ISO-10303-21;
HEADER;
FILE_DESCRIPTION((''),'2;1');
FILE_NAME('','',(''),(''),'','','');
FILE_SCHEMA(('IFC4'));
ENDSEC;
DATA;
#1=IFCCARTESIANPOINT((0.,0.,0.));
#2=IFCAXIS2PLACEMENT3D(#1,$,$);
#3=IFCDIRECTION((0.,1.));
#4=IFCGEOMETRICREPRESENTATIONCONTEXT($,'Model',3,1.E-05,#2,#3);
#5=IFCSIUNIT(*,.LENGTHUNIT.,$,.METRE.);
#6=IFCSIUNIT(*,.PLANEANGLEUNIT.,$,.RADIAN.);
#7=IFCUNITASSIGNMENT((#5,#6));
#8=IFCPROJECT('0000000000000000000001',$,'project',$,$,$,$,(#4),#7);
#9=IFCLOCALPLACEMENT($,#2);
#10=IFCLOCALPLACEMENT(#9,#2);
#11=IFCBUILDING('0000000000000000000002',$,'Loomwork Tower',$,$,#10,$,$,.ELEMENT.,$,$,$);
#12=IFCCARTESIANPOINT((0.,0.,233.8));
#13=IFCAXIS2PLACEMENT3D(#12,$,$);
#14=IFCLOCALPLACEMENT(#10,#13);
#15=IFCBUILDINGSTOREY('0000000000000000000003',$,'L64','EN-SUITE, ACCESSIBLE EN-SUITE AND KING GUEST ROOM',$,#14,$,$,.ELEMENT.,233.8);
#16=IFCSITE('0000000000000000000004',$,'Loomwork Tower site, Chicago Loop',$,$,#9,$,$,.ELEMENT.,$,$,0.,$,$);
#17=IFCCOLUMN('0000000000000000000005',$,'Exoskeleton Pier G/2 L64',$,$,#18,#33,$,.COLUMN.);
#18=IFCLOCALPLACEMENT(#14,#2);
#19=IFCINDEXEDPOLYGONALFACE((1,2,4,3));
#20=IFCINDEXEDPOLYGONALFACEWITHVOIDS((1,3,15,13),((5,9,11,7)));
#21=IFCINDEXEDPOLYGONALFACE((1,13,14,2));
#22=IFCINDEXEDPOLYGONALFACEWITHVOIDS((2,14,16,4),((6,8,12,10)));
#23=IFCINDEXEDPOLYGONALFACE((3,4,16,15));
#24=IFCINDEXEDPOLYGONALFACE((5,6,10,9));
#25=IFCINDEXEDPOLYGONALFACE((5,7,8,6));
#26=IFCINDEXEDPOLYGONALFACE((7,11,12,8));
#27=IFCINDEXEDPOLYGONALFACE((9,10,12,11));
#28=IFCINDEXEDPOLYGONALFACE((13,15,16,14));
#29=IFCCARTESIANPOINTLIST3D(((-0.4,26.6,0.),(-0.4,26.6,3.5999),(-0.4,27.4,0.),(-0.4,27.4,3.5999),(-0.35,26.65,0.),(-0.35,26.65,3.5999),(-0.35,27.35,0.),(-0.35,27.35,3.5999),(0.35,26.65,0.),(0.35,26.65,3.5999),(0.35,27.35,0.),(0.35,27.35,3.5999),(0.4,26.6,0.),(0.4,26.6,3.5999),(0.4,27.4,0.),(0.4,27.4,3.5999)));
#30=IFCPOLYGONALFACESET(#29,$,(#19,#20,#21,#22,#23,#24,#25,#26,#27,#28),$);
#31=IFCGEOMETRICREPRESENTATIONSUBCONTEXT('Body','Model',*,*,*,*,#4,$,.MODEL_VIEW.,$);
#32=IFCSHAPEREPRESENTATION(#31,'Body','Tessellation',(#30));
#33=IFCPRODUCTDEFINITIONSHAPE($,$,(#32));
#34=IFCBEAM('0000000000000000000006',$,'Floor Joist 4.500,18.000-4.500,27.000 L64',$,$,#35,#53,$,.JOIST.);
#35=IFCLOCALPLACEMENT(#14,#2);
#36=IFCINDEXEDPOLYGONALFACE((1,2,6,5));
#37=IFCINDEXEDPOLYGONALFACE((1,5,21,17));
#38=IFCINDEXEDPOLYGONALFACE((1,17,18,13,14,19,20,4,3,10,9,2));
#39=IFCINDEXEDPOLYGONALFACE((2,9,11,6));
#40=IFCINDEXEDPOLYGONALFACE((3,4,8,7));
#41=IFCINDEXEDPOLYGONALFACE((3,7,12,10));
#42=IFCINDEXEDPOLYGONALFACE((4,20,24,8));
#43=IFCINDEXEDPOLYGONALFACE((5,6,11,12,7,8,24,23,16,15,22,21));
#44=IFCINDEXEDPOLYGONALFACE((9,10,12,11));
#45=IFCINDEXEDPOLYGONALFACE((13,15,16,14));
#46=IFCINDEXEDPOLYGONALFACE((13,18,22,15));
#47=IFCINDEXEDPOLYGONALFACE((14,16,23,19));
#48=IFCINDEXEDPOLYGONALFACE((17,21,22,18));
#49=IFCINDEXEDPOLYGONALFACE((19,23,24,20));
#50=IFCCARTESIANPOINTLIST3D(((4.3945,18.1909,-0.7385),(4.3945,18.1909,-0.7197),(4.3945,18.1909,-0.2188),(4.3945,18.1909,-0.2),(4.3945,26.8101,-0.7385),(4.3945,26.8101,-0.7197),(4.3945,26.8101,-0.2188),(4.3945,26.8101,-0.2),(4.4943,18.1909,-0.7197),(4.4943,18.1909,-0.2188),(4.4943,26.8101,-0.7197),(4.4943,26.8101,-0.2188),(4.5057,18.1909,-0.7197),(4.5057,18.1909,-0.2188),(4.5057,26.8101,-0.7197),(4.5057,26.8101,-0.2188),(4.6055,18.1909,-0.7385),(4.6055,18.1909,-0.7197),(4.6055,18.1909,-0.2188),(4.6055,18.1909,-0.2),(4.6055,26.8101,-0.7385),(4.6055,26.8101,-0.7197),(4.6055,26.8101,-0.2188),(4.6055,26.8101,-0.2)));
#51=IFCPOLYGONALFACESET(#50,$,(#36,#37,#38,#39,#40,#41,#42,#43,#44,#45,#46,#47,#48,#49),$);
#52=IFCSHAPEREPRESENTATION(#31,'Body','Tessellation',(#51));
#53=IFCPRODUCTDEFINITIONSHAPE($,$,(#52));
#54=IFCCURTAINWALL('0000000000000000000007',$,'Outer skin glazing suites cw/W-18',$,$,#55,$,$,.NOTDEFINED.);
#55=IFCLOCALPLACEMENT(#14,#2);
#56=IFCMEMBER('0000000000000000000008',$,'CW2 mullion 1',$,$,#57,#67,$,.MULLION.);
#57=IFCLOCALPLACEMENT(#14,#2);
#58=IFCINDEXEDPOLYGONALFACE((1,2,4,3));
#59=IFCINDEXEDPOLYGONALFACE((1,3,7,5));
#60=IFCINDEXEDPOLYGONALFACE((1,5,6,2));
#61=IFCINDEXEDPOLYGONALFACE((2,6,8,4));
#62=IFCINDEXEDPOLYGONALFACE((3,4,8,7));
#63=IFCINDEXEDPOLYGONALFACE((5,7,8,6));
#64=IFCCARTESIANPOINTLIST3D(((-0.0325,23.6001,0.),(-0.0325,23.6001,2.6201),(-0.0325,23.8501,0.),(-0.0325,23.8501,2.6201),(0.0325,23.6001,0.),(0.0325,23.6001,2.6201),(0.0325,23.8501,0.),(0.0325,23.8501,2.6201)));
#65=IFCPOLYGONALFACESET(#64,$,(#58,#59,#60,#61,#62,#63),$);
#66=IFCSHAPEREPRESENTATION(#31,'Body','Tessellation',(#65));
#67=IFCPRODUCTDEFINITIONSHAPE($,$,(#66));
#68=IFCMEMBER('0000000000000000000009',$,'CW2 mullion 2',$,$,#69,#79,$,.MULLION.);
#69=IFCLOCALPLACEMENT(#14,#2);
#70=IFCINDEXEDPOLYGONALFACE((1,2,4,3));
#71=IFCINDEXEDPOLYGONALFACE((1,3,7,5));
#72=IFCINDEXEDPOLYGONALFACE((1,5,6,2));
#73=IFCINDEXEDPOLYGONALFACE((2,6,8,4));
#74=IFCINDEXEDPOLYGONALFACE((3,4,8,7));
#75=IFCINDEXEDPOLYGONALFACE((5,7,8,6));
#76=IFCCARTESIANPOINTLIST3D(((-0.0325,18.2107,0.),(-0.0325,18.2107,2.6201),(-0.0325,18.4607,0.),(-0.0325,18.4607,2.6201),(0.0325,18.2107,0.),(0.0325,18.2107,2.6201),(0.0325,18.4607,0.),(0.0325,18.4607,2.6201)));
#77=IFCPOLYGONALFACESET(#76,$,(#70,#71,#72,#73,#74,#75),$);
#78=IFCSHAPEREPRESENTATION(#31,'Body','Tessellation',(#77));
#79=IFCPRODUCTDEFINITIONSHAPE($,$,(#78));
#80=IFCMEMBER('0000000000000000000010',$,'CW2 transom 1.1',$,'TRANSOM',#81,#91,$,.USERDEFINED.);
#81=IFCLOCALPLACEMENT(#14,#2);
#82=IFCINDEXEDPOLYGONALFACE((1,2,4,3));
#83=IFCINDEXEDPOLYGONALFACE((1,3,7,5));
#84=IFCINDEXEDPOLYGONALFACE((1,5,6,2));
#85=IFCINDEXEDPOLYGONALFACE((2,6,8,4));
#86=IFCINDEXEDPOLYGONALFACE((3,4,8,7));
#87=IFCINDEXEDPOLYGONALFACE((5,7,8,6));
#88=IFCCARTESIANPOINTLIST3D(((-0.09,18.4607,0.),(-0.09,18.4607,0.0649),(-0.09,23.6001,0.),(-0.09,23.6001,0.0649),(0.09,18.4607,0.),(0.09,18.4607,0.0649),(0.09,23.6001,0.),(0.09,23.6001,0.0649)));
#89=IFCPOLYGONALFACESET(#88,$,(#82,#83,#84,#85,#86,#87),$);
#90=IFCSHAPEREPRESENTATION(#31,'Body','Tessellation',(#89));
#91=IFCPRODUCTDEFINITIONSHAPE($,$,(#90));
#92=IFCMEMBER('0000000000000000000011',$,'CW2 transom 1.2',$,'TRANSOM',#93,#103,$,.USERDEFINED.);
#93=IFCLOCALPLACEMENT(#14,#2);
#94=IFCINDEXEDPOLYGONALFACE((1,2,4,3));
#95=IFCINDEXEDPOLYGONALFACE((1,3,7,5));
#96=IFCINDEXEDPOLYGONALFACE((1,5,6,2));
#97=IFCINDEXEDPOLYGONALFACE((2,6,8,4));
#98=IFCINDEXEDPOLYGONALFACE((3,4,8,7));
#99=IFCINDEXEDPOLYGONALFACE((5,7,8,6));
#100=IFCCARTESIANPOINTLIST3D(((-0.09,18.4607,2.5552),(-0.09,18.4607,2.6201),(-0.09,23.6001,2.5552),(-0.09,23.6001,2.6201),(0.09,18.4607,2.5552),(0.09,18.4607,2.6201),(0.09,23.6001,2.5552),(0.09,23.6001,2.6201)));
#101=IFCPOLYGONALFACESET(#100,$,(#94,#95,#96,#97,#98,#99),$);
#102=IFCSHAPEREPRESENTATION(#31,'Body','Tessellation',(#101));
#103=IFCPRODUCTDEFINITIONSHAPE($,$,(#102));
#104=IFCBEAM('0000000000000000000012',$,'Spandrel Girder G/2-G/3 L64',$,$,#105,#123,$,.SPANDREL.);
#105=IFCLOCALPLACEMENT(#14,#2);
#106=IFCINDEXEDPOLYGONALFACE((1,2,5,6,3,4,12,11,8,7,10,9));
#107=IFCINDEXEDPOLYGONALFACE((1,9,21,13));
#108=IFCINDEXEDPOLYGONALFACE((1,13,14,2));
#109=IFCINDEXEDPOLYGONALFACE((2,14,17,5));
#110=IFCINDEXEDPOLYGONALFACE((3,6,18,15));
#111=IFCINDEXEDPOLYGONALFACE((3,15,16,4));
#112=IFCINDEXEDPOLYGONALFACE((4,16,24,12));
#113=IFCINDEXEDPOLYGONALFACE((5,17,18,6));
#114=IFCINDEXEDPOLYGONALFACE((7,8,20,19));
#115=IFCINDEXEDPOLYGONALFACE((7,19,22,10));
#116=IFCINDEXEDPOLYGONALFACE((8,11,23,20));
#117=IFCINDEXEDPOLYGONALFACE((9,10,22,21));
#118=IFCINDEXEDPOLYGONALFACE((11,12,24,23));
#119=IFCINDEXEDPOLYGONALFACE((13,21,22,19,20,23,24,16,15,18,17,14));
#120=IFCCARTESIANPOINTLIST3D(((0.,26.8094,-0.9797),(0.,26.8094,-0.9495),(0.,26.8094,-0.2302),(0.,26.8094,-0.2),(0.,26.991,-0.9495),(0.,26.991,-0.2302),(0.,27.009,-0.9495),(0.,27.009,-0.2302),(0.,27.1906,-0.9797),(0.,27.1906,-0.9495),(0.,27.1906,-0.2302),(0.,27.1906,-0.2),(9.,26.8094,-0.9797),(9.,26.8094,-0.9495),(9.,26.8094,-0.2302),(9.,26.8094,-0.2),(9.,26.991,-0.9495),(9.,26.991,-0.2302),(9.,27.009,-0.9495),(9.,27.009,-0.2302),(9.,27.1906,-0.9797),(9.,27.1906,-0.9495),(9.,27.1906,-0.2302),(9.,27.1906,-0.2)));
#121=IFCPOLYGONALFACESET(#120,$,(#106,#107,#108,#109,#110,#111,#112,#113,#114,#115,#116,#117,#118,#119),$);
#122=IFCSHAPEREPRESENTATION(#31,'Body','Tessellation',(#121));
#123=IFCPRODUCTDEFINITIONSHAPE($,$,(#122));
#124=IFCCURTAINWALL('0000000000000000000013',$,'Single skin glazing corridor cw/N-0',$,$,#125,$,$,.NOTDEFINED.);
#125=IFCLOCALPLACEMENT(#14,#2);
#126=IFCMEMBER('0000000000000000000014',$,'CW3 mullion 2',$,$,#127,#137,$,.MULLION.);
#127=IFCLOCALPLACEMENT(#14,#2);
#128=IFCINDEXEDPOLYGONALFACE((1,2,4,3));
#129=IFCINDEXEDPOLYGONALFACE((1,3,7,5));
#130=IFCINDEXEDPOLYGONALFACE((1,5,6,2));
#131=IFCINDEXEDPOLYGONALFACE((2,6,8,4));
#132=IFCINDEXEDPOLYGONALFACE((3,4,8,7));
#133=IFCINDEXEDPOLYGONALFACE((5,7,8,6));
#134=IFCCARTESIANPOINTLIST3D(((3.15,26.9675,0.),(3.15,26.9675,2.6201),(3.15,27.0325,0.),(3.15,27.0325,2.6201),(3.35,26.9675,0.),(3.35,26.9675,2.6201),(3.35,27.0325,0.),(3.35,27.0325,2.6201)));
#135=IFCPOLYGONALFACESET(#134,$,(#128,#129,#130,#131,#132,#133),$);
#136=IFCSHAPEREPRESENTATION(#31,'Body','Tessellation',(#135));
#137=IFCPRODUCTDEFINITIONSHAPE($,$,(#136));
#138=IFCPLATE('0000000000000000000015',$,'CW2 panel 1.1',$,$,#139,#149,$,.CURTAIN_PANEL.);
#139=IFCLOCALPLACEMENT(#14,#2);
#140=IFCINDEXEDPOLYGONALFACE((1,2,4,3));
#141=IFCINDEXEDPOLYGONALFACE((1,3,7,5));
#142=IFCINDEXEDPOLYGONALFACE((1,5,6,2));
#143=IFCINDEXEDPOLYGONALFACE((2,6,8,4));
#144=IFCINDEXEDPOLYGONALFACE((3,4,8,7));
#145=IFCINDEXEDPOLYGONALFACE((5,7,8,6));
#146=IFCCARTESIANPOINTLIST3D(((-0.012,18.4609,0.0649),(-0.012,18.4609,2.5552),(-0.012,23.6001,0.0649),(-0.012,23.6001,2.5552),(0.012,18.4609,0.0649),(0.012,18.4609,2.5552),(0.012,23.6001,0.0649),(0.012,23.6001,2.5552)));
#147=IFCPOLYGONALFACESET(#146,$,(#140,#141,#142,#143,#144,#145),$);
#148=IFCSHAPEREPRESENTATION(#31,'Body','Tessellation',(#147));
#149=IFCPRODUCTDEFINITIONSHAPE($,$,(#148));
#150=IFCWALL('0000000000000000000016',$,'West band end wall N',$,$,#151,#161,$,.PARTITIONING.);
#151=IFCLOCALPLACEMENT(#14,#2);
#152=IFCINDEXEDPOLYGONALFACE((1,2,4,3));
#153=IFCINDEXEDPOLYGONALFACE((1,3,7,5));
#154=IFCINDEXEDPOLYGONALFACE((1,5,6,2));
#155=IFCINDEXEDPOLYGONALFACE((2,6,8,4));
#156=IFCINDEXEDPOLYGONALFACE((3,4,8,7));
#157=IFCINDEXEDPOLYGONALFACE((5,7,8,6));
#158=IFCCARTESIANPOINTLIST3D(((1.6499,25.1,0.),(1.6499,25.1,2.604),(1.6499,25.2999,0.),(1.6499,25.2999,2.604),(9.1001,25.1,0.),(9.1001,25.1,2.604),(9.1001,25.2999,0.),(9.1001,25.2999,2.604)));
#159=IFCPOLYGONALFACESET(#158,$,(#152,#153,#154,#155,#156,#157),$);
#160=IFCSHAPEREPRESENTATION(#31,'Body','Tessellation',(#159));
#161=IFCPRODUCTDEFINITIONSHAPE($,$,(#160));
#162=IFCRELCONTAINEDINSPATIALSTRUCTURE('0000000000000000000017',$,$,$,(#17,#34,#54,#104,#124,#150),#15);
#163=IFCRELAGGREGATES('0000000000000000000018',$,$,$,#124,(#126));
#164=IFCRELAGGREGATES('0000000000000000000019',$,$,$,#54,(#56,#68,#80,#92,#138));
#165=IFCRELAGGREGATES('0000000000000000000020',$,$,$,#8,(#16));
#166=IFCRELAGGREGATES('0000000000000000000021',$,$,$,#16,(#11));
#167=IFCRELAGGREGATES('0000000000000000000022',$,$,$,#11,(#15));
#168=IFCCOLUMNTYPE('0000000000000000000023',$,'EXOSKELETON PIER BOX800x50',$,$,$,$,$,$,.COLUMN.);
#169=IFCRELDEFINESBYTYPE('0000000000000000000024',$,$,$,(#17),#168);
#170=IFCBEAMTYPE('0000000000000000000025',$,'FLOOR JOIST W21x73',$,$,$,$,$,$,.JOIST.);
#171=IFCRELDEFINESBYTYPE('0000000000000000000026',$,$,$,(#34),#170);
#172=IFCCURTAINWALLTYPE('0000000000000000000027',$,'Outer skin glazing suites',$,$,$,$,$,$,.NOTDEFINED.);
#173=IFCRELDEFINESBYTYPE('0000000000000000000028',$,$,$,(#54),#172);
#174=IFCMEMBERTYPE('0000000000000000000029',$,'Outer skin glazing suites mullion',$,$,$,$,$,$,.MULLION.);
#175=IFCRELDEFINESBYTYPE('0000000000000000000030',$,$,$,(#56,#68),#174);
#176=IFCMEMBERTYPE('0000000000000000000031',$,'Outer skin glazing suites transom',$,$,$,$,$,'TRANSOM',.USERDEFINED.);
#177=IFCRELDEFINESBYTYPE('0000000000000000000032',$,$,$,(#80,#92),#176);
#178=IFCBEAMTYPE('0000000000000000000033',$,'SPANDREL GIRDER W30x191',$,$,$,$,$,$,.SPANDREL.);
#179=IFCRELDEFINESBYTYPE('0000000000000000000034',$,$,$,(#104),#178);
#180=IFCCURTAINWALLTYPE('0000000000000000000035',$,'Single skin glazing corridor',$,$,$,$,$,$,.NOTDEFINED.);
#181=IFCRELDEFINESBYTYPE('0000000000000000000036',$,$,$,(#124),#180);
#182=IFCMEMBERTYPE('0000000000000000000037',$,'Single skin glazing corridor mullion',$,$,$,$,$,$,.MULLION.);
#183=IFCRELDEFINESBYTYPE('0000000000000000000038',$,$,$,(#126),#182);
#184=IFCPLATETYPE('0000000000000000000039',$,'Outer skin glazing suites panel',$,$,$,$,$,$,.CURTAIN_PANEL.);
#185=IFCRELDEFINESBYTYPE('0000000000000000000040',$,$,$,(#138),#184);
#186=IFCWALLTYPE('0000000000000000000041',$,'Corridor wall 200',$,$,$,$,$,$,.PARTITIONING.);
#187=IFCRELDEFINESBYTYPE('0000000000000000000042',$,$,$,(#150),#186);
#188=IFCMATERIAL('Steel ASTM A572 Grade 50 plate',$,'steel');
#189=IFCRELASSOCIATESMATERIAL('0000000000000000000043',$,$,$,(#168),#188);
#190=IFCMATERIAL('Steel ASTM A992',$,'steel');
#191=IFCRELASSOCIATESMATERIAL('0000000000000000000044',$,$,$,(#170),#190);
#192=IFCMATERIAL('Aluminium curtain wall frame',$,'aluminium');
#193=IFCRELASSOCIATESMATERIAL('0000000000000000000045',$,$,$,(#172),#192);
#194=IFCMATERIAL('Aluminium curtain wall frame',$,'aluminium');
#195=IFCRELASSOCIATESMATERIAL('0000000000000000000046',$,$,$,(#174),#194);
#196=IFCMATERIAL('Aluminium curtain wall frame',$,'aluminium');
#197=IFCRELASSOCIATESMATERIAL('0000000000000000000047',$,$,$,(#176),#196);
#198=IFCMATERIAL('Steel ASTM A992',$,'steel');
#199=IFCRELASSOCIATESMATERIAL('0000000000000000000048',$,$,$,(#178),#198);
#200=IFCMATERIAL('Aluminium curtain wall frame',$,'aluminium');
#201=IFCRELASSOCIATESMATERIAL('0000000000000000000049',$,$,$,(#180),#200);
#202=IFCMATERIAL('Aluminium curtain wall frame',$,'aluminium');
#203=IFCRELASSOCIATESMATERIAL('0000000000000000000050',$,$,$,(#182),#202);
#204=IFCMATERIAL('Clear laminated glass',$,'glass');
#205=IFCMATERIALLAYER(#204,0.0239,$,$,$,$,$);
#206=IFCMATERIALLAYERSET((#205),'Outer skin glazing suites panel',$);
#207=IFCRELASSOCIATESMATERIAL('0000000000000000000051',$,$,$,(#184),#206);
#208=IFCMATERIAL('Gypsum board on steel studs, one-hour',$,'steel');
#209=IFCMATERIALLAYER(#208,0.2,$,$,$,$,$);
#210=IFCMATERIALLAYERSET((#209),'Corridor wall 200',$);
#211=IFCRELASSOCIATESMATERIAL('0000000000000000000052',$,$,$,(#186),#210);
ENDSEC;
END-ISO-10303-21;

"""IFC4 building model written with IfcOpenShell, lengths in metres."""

from ifc_helpers import new_model, si_unit, direction, frame, frame_2d, origin, origin_2d, place, context, subcontext, project, spatial, rectangle, hollow_rectangle, i_section, extrude, material, layer, layer_set, material_profile, profile_set, type_object, element, aggregate, save


model = new_model("IFC4")

# Units and contexts
model_context = context("Model", 3, precision=1e-05, world=origin(), true_north=direction((0.0, 1.0)))
body_context = subcontext(model_context, "Body", "Model", "MODEL_VIEW")
ifc_project = project(units=[si_unit("LENGTHUNIT", "METRE"), si_unit("PLANEANGLEUNIT", "RADIAN")], contexts=[model_context])

# Site, building, storey
site_placement = place(None, origin())
site = spatial("IfcSite", under=ifc_project, at=site_placement, Name="Loomwork Tower site, Chicago Loop", CompositionType="ELEMENT", RefElevation=0.0)
building_placement = place(site_placement, origin())
building = spatial("IfcBuilding", under=site, at=building_placement, Name="Loomwork Tower", CompositionType="ELEMENT")
storey_placement = place(building_placement, frame((0.0, 0.0, 233.8)))
storey = spatial("IfcBuildingStorey", under=building, at=storey_placement, Name="L64", Description="EN-SUITE, ACCESSIBLE EN-SUITE AND KING GUEST ROOM", CompositionType="ELEMENT", Elevation=233.8)

# Column
ifc_material_1 = material(Name="Steel ASTM A572 Grade 50 plate", Category="steel")
ifc_material_profile_1 = material_profile(ifc_material_1, hollow_rectangle(XDim=0.8, YDim=0.8, WallThickness=0.05, at=origin_2d()), Name="BOX800x50")
ifc_profile_set_1 = profile_set([ifc_material_profile_1], Name="Steel ASTM A572 Grade 50 plate")
column_type = type_object("IfcColumnType", Name="EXOSKELETON PIER BOX800x50", PredefinedType="COLUMN", material=ifc_profile_set_1)
column_placement = place(storey_placement, frame((0.0, 27.0, 0.0), z_axis=(0.0, 0.0, 1.0), x_axis=(0.0, 1.0, 0.0)))
element("IfcColumn", 1, at=column_placement, inside=storey, type_object=column_type, Name="Exoskeleton Pier G/2 L64", PredefinedType="COLUMN", context=body_context, shape_type="SweptSolid", body=[
    extrude(hollow_rectangle(XDim=0.8, YDim=0.8, WallThickness=0.05, at=origin_2d()), origin(), (0.0, 0.0, 1.0), 3.5999),
])

# Beam
ifc_material_2 = material(Name="Steel ASTM A992", Category="steel")
ifc_material_profile_2 = material_profile(ifc_material_2, i_section(OverallWidth=0.2109, OverallDepth=0.5386, WebThickness=0.0115, FlangeThickness=0.0188, at=origin_2d()), Name="W21x73")
ifc_profile_set_2 = profile_set([ifc_material_profile_2], Name="Steel ASTM A992")
beam_type_1 = type_object("IfcBeamType", Name="FLOOR JOIST W21x73", PredefinedType="JOIST", material=ifc_profile_set_2)
beam_1_placement = place(storey_placement, frame((4.5, 18.1909, -0.4692), z_axis=(0.0, 1.0, 0.0), x_axis=(-1.0, 0.0, 0.0)))
element("IfcBeam", 2, at=beam_1_placement, inside=storey, type_object=beam_type_1, Name="Floor Joist 4.500,18.000-4.500,27.000 L64", PredefinedType="JOIST", context=body_context, shape_type="SweptSolid", body=[
    extrude(i_section(OverallWidth=0.2109, OverallDepth=0.5386, WebThickness=0.0115, FlangeThickness=0.0188, at=origin_2d()), origin(), (0.0, 0.0, 1.0), 8.6191),
])

# Curtain wall, members
ifc_material_3 = material(Name="Aluminium curtain wall frame", Category="aluminium")
curtain_wall_type_1 = type_object("IfcCurtainWallType", Name="Outer skin glazing suites", PredefinedType="NOTDEFINED", material=ifc_material_3)
curtain_wall_1_placement = place(storey_placement, origin())
curtain_wall_1 = element("IfcCurtainWall", 3, at=curtain_wall_1_placement, inside=storey, type_object=curtain_wall_type_1, Name="Outer skin glazing suites cw/W-18", PredefinedType="NOTDEFINED")
ifc_material_4 = material(Name="Aluminium curtain wall frame", Category="aluminium")
ifc_material_profile_3 = material_profile(ifc_material_4, rectangle(XDim=0.0649, YDim=0.25, at=origin_2d()), Name="AL 65x250")
ifc_profile_set_3 = profile_set([ifc_material_profile_3], Name="Aluminium curtain wall frame")
member_type_1 = type_object("IfcMemberType", Name="Outer skin glazing suites mullion", PredefinedType="MULLION", material=ifc_profile_set_3)
member_1_placement = place(storey_placement, frame((0.0, 23.7251, 0.0), z_axis=(0.0, 0.0, 1.0), x_axis=(1.0, 0.0, 0.0)))
member_1 = element("IfcMember", 4, at=member_1_placement, type_object=member_type_1, Name="CW2 mullion 1", PredefinedType="MULLION", context=body_context, shape_type="SweptSolid", body=[
    extrude(rectangle(XDim=0.0649, YDim=0.25, at=origin_2d()), origin(), (0.0, 0.0, 1.0), 2.6201),
])
member_2_placement = place(storey_placement, frame((0.0, 18.3357, 0.0), z_axis=(0.0, 0.0, 1.0), x_axis=(1.0, 0.0, 0.0)))
member_2 = element("IfcMember", 5, at=member_2_placement, type_object=member_type_1, Name="CW2 mullion 2", PredefinedType="MULLION", context=body_context, shape_type="SweptSolid", body=[
    extrude(rectangle(XDim=0.0649, YDim=0.25, at=origin_2d()), origin(), (0.0, 0.0, 1.0), 2.6201),
])
ifc_material_5 = material(Name="Aluminium curtain wall frame", Category="aluminium")
ifc_material_profile_4 = material_profile(ifc_material_5, rectangle(XDim=0.1799, YDim=0.0649, at=origin_2d()), Name="AL 65x180")
ifc_profile_set_4 = profile_set([ifc_material_profile_4], Name="Aluminium curtain wall frame")
member_type_2 = type_object("IfcMemberType", Name="Outer skin glazing suites transom", ElementType="TRANSOM", PredefinedType="USERDEFINED", material=ifc_profile_set_4)
member_3_placement = place(storey_placement, frame((0.0, 23.6001, 0.0325), z_axis=(0.0, -1.0, 0.0), x_axis=(1.0, 0.0, 0.0)))
member_3 = element("IfcMember", 6, at=member_3_placement, type_object=member_type_2, Name="CW2 transom 1.1", ObjectType="TRANSOM", PredefinedType="USERDEFINED", context=body_context, shape_type="SweptSolid", body=[
    extrude(rectangle(XDim=0.1799, YDim=0.0649, at=origin_2d()), origin(), (0.0, 0.0, 1.0), 5.1394),
])
member_4_placement = place(storey_placement, frame((0.0, 23.6001, 2.5876), z_axis=(0.0, -1.0, 0.0), x_axis=(1.0, 0.0, 0.0)))
member_4 = element("IfcMember", 7, at=member_4_placement, type_object=member_type_2, Name="CW2 transom 1.2", ObjectType="TRANSOM", PredefinedType="USERDEFINED", context=body_context, shape_type="SweptSolid", body=[
    extrude(rectangle(XDim=0.1799, YDim=0.0649, at=origin_2d()), origin(), (0.0, 0.0, 1.0), 5.1394),
])

# Beam
ifc_material_6 = material(Name="Steel ASTM A992", Category="steel")
ifc_material_profile_5 = material_profile(ifc_material_6, i_section(OverallWidth=0.3811, OverallDepth=0.7798, WebThickness=0.0181, FlangeThickness=0.0303, at=origin_2d()), Name="W30x191")
ifc_profile_set_5 = profile_set([ifc_material_profile_5], Name="Steel ASTM A992")
beam_type_2 = type_object("IfcBeamType", Name="SPANDREL GIRDER W30x191", PredefinedType="SPANDREL", material=ifc_profile_set_5)
beam_2_placement = place(storey_placement, frame((0.0, 27.0, -0.5898), z_axis=(1.0, 0.0, 0.0), x_axis=(0.0, 1.0, 0.0)))
element("IfcBeam", 8, at=beam_2_placement, inside=storey, type_object=beam_type_2, Name="Spandrel Girder G/2-G/3 L64", PredefinedType="SPANDREL", context=body_context, shape_type="SweptSolid", body=[
    extrude(i_section(OverallWidth=0.3811, OverallDepth=0.7798, WebThickness=0.0181, FlangeThickness=0.0303, at=origin_2d()), origin(), (0.0, 0.0, 1.0), 9.0),
])

# Curtain wall, member
ifc_material_7 = material(Name="Aluminium curtain wall frame", Category="aluminium")
curtain_wall_type_2 = type_object("IfcCurtainWallType", Name="Single skin glazing corridor", PredefinedType="NOTDEFINED", material=ifc_material_7)
curtain_wall_2_placement = place(storey_placement, origin())
curtain_wall_2 = element("IfcCurtainWall", 9, at=curtain_wall_2_placement, inside=storey, type_object=curtain_wall_type_2, Name="Single skin glazing corridor cw/N-0", PredefinedType="NOTDEFINED")
ifc_material_8 = material(Name="Aluminium curtain wall frame", Category="aluminium")
ifc_material_profile_6 = material_profile(ifc_material_8, rectangle(XDim=0.0649, YDim=0.2, at=origin_2d()), Name="AL 65x200")
ifc_profile_set_6 = profile_set([ifc_material_profile_6], Name="Aluminium curtain wall frame")
member_type_3 = type_object("IfcMemberType", Name="Single skin glazing corridor mullion", PredefinedType="MULLION", material=ifc_profile_set_6)
member_5_placement = place(storey_placement, frame((3.25, 27.0, 0.0), z_axis=(0.0, 0.0, 1.0), x_axis=(0.0, -1.0, 0.0)))
member_5 = element("IfcMember", 10, at=member_5_placement, type_object=member_type_3, Name="CW3 mullion 2", PredefinedType="MULLION", context=body_context, shape_type="SweptSolid", body=[
    extrude(rectangle(XDim=0.0649, YDim=0.2, at=origin_2d()), origin(), (0.0, 0.0, 1.0), 2.6201),
])
aggregate(curtain_wall_2, [member_5])

# Plate
ifc_material_9 = material(Name="Clear laminated glass", Category="glass")
ifc_layer_1 = layer(ifc_material_9, 0.0239)
ifc_layer_set_1 = layer_set([ifc_layer_1], Name="Outer skin glazing suites panel")
plate_type = type_object("IfcPlateType", Name="Outer skin glazing suites panel", PredefinedType="CURTAIN_PANEL", material=ifc_layer_set_1)
plate_placement = place(storey_placement, frame((0.0, 21.0305, 0.0649), z_axis=(0.0, 0.0, 1.0), x_axis=(0.0, -1.0, 0.0)))
plate = element("IfcPlate", 11, at=plate_placement, type_object=plate_type, Name="CW2 panel 1.1", PredefinedType="CURTAIN_PANEL", context=body_context, shape_type="SweptSolid", body=[
    extrude(rectangle(XDim=5.1392, YDim=0.0239, at=origin_2d()), origin(), (0.0, 0.0, 1.0), 2.4902),
])
aggregate(curtain_wall_1, [member_1, member_2, member_3, member_4, plate])

# Wall
ifc_material_10 = material(Name="Gypsum board on steel studs, one-hour", Category="steel")
ifc_layer_2 = layer(ifc_material_10, 0.2)
ifc_layer_set_2 = layer_set([ifc_layer_2], Name="Corridor wall 200")
wall_type_1 = type_object("IfcWallType", Name="Corridor wall 200", PredefinedType="PARTITIONING", material=ifc_layer_set_2)
wall_1_placement = place(storey_placement, frame((1.6499, 25.2, 0.0), z_axis=(0.0, 0.0, 1.0), x_axis=(1.0, 0.0, 0.0)))
element("IfcWall", 12, at=wall_1_placement, inside=storey, type_object=wall_type_1, Name="West band end wall N", PredefinedType="PARTITIONING", context=body_context, shape_type="SweptSolid", body=[
    extrude(rectangle(XDim=7.4502, YDim=0.2, at=frame_2d((3.7251, 0.0))), origin(), (0.0, 0.0, 1.0), 2.604),
])

save(model, "model.ifc")
